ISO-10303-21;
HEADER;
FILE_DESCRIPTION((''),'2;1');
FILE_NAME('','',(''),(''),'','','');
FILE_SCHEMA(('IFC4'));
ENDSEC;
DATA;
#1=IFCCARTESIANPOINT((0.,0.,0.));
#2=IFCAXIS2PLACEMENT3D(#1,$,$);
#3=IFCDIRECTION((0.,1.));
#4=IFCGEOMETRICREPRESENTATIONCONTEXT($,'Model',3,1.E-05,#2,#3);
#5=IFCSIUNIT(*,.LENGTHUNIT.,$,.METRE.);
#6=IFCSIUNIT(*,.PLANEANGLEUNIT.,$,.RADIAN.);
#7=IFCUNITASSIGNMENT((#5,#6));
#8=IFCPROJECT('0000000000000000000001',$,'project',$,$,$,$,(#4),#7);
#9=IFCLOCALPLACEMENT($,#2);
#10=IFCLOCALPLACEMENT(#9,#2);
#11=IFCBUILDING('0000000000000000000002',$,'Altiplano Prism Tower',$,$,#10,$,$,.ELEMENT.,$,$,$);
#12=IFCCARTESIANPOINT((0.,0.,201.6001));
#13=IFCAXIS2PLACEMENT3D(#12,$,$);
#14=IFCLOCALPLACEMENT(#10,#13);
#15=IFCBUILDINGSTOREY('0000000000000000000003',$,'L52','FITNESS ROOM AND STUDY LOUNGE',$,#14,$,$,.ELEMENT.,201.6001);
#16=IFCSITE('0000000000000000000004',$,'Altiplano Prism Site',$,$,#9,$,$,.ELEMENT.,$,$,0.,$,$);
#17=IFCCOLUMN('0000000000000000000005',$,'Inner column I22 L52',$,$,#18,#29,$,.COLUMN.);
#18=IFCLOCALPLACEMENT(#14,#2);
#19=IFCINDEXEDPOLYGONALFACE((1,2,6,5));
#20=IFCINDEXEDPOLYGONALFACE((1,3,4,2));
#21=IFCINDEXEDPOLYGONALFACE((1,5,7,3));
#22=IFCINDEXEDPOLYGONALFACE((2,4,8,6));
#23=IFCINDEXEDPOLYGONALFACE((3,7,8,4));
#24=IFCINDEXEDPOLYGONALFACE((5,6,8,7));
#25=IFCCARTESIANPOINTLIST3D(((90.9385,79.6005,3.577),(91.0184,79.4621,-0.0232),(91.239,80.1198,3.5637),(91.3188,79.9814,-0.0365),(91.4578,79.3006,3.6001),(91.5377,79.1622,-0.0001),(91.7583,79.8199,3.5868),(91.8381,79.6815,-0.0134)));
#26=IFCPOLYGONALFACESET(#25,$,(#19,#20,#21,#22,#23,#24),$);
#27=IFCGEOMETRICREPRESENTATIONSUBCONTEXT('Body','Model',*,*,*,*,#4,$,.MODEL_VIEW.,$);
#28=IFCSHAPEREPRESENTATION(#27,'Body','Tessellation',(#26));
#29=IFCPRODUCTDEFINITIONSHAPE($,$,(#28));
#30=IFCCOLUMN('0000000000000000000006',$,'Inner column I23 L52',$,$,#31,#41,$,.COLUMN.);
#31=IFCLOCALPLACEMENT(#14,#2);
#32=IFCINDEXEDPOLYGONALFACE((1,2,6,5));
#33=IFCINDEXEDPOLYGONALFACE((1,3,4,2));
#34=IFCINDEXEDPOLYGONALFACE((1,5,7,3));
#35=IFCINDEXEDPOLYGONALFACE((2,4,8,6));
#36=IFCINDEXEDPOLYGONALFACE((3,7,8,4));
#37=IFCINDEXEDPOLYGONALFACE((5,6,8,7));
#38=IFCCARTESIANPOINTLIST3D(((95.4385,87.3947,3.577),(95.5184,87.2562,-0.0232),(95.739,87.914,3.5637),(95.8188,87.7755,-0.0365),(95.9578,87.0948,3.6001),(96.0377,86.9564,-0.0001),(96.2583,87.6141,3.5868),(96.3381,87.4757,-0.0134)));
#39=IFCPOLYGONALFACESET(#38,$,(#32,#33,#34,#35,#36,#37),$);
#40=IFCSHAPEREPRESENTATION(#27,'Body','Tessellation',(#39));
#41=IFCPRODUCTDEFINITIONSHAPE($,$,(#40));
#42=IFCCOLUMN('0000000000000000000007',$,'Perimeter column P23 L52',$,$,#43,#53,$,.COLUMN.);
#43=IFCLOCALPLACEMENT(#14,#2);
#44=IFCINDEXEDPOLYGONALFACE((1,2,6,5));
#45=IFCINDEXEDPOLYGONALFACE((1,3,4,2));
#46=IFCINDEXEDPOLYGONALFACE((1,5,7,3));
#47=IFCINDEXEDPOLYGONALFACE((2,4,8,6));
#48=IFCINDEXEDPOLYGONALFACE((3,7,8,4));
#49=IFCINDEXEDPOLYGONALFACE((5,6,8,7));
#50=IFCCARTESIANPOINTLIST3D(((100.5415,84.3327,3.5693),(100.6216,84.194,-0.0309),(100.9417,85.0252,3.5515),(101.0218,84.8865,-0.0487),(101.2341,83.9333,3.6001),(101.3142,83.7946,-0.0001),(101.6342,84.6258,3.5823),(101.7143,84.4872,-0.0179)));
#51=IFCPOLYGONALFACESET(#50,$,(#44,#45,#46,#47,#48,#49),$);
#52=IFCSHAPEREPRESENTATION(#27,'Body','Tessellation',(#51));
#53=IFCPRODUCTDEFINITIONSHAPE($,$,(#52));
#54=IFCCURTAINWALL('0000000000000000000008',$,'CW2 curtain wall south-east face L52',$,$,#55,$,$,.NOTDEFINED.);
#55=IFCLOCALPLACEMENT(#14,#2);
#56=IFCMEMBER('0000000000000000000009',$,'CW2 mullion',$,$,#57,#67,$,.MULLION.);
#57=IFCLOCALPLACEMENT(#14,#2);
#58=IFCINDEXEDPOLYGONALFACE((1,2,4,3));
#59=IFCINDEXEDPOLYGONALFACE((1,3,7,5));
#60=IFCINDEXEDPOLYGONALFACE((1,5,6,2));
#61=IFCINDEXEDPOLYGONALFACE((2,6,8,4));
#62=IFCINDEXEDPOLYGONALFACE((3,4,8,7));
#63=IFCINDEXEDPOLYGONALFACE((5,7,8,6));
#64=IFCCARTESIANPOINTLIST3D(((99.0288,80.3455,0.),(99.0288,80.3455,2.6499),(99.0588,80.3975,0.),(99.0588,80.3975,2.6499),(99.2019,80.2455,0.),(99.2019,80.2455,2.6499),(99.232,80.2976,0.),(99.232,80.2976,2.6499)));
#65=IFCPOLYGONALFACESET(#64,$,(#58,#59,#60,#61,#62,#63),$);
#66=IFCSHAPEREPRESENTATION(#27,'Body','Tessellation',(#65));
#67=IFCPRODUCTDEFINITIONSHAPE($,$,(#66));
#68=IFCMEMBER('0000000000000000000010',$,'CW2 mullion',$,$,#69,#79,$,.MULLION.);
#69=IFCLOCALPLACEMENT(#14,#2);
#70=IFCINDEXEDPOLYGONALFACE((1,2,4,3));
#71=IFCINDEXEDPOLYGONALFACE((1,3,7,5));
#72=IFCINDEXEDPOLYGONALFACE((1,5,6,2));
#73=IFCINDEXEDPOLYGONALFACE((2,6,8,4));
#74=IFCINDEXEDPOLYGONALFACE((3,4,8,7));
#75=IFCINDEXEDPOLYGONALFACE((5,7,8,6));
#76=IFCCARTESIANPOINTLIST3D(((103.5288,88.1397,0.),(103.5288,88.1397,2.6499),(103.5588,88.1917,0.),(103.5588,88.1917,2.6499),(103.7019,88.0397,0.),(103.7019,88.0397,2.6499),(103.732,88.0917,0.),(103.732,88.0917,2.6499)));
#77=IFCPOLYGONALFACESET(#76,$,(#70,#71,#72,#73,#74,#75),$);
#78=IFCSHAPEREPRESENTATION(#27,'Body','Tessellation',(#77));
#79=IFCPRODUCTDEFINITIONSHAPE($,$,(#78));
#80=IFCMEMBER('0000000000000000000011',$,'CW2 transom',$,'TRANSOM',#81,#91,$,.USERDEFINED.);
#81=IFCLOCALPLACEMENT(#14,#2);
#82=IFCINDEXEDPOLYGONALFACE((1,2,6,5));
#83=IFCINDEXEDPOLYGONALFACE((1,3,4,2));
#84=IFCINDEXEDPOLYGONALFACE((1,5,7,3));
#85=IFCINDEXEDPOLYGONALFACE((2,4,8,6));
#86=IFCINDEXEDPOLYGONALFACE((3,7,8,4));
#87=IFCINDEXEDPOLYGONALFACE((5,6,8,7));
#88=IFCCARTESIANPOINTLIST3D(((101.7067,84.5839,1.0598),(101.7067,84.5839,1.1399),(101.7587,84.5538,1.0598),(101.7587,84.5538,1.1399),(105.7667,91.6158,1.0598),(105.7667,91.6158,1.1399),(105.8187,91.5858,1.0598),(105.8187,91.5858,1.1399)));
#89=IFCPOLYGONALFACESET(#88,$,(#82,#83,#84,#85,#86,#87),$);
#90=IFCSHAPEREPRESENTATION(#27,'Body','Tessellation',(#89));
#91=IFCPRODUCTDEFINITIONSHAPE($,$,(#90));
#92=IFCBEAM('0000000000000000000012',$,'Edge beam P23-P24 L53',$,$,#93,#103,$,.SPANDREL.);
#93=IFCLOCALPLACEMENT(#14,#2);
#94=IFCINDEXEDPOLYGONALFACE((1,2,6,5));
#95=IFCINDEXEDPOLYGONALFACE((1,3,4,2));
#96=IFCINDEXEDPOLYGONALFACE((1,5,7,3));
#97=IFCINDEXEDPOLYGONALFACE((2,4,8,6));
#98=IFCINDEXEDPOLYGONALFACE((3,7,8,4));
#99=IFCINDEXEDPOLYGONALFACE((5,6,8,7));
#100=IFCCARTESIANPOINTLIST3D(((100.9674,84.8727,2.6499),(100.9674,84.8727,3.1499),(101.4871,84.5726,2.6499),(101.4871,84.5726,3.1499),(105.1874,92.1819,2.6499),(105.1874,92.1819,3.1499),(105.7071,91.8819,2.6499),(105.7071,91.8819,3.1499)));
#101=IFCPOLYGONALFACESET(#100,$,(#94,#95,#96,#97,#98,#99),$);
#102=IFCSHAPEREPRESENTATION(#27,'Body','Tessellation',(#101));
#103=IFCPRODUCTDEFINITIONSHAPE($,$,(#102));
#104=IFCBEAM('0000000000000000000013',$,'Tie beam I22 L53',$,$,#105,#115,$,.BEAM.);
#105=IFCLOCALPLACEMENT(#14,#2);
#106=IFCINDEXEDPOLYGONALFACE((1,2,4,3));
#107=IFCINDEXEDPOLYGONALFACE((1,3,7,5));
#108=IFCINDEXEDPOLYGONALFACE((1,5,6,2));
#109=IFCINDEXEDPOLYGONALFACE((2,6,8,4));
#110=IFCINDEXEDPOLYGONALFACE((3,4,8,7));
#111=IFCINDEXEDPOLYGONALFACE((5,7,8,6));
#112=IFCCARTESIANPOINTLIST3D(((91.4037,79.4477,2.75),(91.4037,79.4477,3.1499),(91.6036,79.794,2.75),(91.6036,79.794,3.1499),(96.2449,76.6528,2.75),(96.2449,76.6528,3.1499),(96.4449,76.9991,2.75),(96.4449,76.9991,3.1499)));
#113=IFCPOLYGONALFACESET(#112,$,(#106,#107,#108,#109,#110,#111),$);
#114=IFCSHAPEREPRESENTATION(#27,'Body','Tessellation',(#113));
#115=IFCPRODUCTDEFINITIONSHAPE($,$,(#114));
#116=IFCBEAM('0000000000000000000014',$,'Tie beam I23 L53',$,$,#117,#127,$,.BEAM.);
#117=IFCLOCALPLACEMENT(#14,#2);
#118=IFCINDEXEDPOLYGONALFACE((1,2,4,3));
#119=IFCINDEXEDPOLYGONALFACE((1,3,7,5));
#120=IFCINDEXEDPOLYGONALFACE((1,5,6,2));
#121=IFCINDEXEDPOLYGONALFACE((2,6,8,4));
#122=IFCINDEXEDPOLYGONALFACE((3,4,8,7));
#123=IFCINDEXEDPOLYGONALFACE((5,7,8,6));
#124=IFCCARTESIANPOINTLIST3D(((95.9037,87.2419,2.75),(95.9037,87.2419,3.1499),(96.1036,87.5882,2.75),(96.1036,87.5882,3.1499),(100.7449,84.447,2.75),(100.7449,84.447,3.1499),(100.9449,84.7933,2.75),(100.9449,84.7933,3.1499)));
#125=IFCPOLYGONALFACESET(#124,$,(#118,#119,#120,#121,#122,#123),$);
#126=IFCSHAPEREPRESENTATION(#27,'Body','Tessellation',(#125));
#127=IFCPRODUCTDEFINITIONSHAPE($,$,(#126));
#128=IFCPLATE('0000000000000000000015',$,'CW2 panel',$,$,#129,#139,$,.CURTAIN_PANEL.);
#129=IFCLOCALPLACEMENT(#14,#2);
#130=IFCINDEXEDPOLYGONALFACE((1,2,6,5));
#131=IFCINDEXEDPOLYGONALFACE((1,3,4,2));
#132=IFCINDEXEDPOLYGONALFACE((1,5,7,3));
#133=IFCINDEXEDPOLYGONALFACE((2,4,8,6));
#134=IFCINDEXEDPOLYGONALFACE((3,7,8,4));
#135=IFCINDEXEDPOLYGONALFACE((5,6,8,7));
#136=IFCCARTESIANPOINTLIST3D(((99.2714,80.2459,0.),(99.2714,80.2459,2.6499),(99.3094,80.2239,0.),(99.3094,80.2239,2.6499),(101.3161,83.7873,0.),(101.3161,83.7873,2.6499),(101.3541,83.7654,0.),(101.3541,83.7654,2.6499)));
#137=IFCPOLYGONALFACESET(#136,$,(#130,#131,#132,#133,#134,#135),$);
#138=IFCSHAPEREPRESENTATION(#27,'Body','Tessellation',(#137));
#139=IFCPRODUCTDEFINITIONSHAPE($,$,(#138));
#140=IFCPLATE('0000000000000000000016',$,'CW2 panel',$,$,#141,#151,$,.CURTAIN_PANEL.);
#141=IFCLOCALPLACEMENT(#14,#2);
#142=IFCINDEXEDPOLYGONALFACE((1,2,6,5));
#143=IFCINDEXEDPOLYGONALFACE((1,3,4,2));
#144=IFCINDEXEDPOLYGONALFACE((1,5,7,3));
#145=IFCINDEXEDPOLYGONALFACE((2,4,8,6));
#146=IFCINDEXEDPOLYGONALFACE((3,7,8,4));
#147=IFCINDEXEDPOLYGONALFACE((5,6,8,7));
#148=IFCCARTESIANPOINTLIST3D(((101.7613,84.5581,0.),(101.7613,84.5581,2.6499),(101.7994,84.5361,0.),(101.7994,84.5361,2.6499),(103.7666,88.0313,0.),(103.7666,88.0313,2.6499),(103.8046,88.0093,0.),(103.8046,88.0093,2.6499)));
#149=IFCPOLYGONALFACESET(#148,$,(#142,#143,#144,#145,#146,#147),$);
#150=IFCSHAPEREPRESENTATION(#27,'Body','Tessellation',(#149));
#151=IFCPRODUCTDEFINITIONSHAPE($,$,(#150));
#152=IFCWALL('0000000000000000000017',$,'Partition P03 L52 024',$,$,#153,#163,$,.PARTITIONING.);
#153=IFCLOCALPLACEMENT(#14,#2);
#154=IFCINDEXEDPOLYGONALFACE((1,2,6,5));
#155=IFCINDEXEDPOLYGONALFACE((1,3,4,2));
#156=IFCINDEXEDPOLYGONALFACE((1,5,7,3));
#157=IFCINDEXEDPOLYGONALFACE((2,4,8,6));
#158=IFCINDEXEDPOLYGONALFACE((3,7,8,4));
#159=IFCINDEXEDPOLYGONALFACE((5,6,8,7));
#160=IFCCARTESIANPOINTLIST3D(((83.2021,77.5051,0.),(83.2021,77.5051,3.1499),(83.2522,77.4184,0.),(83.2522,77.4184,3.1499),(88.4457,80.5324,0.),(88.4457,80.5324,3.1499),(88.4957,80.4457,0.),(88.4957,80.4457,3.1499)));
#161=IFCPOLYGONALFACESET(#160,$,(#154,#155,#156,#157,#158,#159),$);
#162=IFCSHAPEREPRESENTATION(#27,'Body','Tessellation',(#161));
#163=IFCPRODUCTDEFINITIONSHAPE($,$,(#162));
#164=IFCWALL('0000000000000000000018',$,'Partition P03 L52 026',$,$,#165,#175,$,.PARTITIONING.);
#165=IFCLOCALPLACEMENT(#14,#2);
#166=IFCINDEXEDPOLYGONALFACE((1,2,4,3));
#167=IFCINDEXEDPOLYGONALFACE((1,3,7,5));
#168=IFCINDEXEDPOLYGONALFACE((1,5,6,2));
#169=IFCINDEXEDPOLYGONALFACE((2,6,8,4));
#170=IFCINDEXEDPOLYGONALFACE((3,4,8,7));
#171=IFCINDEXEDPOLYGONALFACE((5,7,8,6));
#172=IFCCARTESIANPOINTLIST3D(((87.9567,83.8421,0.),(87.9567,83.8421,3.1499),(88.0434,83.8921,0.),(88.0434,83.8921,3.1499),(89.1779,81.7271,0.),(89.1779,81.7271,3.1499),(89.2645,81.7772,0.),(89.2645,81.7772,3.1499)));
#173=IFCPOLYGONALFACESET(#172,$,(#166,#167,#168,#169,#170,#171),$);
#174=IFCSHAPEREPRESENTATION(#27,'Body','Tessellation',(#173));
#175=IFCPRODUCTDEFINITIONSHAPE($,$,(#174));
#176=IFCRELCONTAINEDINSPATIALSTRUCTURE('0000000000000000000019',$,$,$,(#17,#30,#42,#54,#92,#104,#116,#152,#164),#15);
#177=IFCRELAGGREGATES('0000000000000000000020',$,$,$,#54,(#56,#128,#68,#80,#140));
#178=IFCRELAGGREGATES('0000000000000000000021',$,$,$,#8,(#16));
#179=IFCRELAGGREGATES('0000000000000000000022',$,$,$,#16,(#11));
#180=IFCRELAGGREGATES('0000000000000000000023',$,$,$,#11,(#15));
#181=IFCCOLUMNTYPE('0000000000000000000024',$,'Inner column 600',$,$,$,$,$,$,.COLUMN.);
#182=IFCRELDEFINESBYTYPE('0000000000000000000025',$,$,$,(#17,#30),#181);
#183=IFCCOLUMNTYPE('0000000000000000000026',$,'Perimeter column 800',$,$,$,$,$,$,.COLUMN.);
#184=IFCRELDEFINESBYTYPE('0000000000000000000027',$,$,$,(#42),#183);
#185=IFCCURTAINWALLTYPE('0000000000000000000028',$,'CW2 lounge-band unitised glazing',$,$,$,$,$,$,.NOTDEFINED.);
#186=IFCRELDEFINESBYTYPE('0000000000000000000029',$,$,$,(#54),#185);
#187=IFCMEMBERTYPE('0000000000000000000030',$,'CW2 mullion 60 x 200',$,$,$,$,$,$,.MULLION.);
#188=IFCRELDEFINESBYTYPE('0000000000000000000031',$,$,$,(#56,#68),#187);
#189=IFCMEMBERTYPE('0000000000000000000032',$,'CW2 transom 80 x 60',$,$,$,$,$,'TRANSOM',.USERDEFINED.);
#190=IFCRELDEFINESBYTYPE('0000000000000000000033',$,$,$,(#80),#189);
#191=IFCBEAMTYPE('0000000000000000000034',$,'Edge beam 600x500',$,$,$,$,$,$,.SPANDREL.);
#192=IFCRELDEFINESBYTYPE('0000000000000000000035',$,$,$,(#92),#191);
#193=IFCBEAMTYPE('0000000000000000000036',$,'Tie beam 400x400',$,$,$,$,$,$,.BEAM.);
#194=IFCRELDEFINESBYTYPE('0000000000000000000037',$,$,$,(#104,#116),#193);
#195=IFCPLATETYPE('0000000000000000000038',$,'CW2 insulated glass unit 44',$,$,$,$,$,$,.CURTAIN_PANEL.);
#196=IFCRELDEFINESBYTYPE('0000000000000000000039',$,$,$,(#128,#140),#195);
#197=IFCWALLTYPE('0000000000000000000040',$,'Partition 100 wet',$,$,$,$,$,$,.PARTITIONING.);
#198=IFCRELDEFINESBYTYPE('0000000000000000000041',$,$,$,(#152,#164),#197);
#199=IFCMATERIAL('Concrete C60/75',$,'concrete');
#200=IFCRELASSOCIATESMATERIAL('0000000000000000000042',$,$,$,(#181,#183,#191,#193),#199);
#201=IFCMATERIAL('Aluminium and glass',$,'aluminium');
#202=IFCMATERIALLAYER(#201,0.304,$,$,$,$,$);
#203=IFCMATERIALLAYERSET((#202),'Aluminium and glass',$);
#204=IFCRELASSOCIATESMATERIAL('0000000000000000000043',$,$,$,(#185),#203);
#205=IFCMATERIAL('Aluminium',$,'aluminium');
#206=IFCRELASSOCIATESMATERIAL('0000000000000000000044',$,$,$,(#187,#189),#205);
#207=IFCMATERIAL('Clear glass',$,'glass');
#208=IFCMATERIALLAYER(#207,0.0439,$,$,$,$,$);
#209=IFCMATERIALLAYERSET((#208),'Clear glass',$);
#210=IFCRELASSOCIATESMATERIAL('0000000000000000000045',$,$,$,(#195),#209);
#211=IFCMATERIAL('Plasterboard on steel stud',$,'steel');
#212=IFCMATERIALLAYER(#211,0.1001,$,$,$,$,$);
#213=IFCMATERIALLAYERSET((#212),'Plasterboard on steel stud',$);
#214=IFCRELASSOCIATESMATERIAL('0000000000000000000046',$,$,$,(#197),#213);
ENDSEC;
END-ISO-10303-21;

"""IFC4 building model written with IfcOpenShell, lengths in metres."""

from ifc_helpers import new_model, si_unit, direction, frame, frame_2d, origin, origin_2d, place, context, subcontext, project, spatial, rectangle, extrude, material, layer, layer_set, material_profile, profile_set, type_object, element, aggregate, save


model = new_model("IFC4")

# Units and contexts
model_context = context("Model", 3, precision=1e-05, world=origin(), true_north=direction((0.0, 1.0)))
body_context = subcontext(model_context, "Body", "Model", "MODEL_VIEW")
ifc_project = project(units=[si_unit("LENGTHUNIT", "METRE"), si_unit("PLANEANGLEUNIT", "RADIAN")], contexts=[model_context])

# Site, building, storey
site_placement = place(None, origin())
site = spatial("IfcSite", under=ifc_project, at=site_placement, Name="Altiplano Prism Site", CompositionType="ELEMENT", RefElevation=0.0)
building_placement = place(site_placement, origin())
building = spatial("IfcBuilding", under=site, at=building_placement, Name="Altiplano Prism Tower", CompositionType="ELEMENT")
storey_placement = place(building_placement, frame((0.0, 0.0, 201.6001)))
storey = spatial("IfcBuildingStorey", under=building, at=storey_placement, Name="L52", Description="FITNESS ROOM AND STUDY LOUNGE", CompositionType="ELEMENT", Elevation=201.6001)

# Columns
ifc_material_1 = material(Name="Concrete C60/75", Category="concrete")
ifc_material_profile_1 = material_profile(ifc_material_1, rectangle(XDim=0.6001, YDim=0.6001, at=origin_2d()), Name="Inner column 600")
ifc_profile_set_1 = profile_set([ifc_material_profile_1], Name="Concrete C60/75")
column_type_1 = type_object("IfcColumnType", Name="Inner column 600", PredefinedType="COLUMN", material=ifc_profile_set_1)
for number, where, z_axis, x_axis, name in (
    (1, (91.4282, 79.5718, -0.0183), (-0.022154, 0.038413, 0.999016), (-0.500653, -0.865364, 0.022172), "Inner column I22 L52"),
    (2, (95.9282, 87.366, -0.0183), (-0.022154, 0.038413, 0.999016), (-0.500653, -0.865364, 0.022172), "Inner column I23 L52"),
):
    element("IfcColumn", number, at=place(storey_placement, frame(where, z_axis=z_axis, x_axis=x_axis)), inside=storey, type_object=column_type_1, Name=name, PredefinedType="COLUMN", context=body_context, shape_type="SweptSolid", body=[
        extrude(rectangle(XDim=0.6001, YDim=0.6001, at=origin_2d()), origin(), (0.0, 0.0, 1.0), 3.6038),
    ])
ifc_material_profile_2 = material_profile(ifc_material_1, rectangle(XDim=0.8, YDim=0.8, at=origin_2d()), Name="Perimeter column 800")
ifc_profile_set_2 = profile_set([ifc_material_profile_2], Name="Concrete C60/75")
column_type_2 = type_object("IfcColumnType", Name="Perimeter column 800", PredefinedType="COLUMN", material=ifc_profile_set_2)
column_placement = place(storey_placement, frame((101.168, 84.3406, -0.0244), z_axis=(-0.022221, 0.038481, 0.999012), x_axis=(-0.50017, -0.865642, 0.022218)))
element("IfcColumn", 3, at=column_placement, inside=storey, type_object=column_type_2, Name="Perimeter column P23 L52", PredefinedType="COLUMN", context=body_context, shape_type="SweptSolid", body=[
    extrude(rectangle(XDim=0.8, YDim=0.8, at=origin_2d()), origin(), (0.0, 0.0, 1.0), 3.6038),
])

# Curtain wall, members
ifc_material_2 = material(Name="Aluminium and glass", Category="aluminium")
ifc_layer_1 = layer(ifc_material_2, 0.304)
ifc_layer_set_1 = layer_set([ifc_layer_1], Name="Aluminium and glass")
curtain_wall_type = type_object("IfcCurtainWallType", Name="CW2 lounge-band unitised glazing", PredefinedType="NOTDEFINED", material=ifc_layer_set_1)
curtain_wall_placement = place(storey_placement, origin())
curtain_wall = element("IfcCurtainWall", 4, at=curtain_wall_placement, inside=storey, type_object=curtain_wall_type, Name="CW2 curtain wall south-east face L52", PredefinedType="NOTDEFINED")
ifc_material_3 = material(Name="Aluminium", Category="aluminium")
ifc_material_profile_3 = material_profile(ifc_material_3, rectangle(XDim=0.2, YDim=0.0601, at=origin_2d()), Name="CW2 mullion 60 x 200")
ifc_profile_set_3 = profile_set([ifc_material_profile_3], Name="Aluminium")
member_type_1 = type_object("IfcMemberType", Name="CW2 mullion 60 x 200", PredefinedType="MULLION", material=ifc_profile_set_3)
member_1_placement = place(storey_placement, frame((99.1304, 80.3215, 0.0), z_axis=(0.0, 0.0, 1.0), x_axis=(-0.866025, 0.5, 0.0)))
member_1 = element("IfcMember", 5, at=member_1_placement, type_object=member_type_1, Name="CW2 mullion", PredefinedType="MULLION", context=body_context, shape_type="SweptSolid", body=[
    extrude(rectangle(XDim=0.2, YDim=0.0601, at=origin_2d()), origin(), (0.0, 0.0, 1.0), 2.6499),
])
member_2_placement = place(storey_placement, frame((103.6304, 88.1157, 0.0), z_axis=(0.0, 0.0, 1.0), x_axis=(-0.866025, 0.5, 0.0)))
member_2 = element("IfcMember", 6, at=member_2_placement, type_object=member_type_1, Name="CW2 mullion", PredefinedType="MULLION", context=body_context, shape_type="SweptSolid", body=[
    extrude(rectangle(XDim=0.2, YDim=0.0601, at=origin_2d()), origin(), (0.0, 0.0, 1.0), 2.6499),
])
ifc_material_profile_4 = material_profile(ifc_material_3, rectangle(XDim=0.0601, YDim=0.0801, at=origin_2d()), Name="CW2 transom 80 x 60")
ifc_profile_set_4 = profile_set([ifc_material_profile_4], Name="Aluminium")
member_type_2 = type_object("IfcMemberType", Name="CW2 transom 80 x 60", ElementType="TRANSOM", PredefinedType="USERDEFINED", material=ifc_profile_set_4)
member_3_placement = place(storey_placement, frame((101.7327, 84.5688, 1.0999), z_axis=(0.500013, 0.866018, 0.0), x_axis=(-0.866018, 0.500013, 0.0)))
member_3 = element("IfcMember", 7, at=member_3_placement, type_object=member_type_2, Name="CW2 transom", ObjectType="TRANSOM", PredefinedType="USERDEFINED", context=body_context, shape_type="SweptSolid", body=[
    extrude(rectangle(XDim=0.0601, YDim=0.0801, at=origin_2d()), origin(), (0.0, 0.0, 1.0), 8.1199),
])

# Beams
ifc_material_profile_5 = material_profile(ifc_material_1, rectangle(XDim=0.6001, YDim=0.5, at=origin_2d()), Name="Edge beam 600x500")
ifc_profile_set_5 = profile_set([ifc_material_profile_5], Name="Concrete C60/75")
beam_type_1 = type_object("IfcBeamType", Name="Edge beam 600x500", PredefinedType="SPANDREL", material=ifc_profile_set_5)
beam_placement = place(storey_placement, frame((101.2273, 84.7227, 2.8999), z_axis=(0.499994, 0.866029, 0.0), x_axis=(-0.866029, 0.499994, 0.0)))
element("IfcBeam", 8, at=beam_placement, inside=storey, type_object=beam_type_1, Name="Edge beam P23-P24 L53", PredefinedType="SPANDREL", context=body_context, shape_type="SweptSolid", body=[
    extrude(rectangle(XDim=0.6001, YDim=0.5, at=origin_2d()), origin(), (0.0, 0.0, 1.0), 8.4399),
])
ifc_material_profile_6 = material_profile(ifc_material_1, rectangle(XDim=0.3999, YDim=0.3999, at=origin_2d()), Name="Tie beam 400x400")
ifc_profile_set_6 = profile_set([ifc_material_profile_6], Name="Concrete C60/75")
beam_type_2 = type_object("IfcBeamType", Name="Tie beam 400x400", PredefinedType="BEAM", material=ifc_profile_set_6)
for number, where, z_axis, x_axis, name in (
    (9, (91.5037, 79.6208, 2.95), (0.866042, -0.499972, 0.0), (0.499972, 0.866042, 0.0), "Tie beam I22 L53"),
    (10, (96.0037, 87.415, 2.95), (0.866042, -0.499972, 0.0), (0.499972, 0.866042, 0.0), "Tie beam I23 L53"),
):
    element("IfcBeam", number, at=place(storey_placement, frame(where, z_axis=z_axis, x_axis=x_axis)), inside=storey, type_object=beam_type_2, Name=name, PredefinedType="BEAM", context=body_context, shape_type="SweptSolid", body=[
        extrude(rectangle(XDim=0.3999, YDim=0.3999, at=origin_2d()), origin(), (0.0, 0.0, 1.0), 5.5901),
    ])

# Plates
ifc_material_4 = material(Name="Clear glass", Category="glass")
ifc_layer_2 = layer(ifc_material_4, 0.0439)
ifc_layer_set_2 = layer_set([ifc_layer_2], Name="Clear glass")
plate_type = type_object("IfcPlateType", Name="CW2 insulated glass unit 44", PredefinedType="CURTAIN_PANEL", material=ifc_layer_set_2)
plate_1_placement = place(storey_placement, frame((100.3127, 82.0056, 0.0), z_axis=(0.0, 0.0, 1.0), x_axis=(0.5, 0.866025, 0.0)))
plate_1 = element("IfcPlate", 11, at=plate_1_placement, type_object=plate_type, Name="CW2 panel", PredefinedType="CURTAIN_PANEL", context=body_context, shape_type="SweptSolid", body=[
    extrude(rectangle(XDim=4.0894, YDim=0.0439, at=origin_2d()), origin(), (0.0, 0.0, 1.0), 2.6499),
])
plate_2_placement = place(storey_placement, frame((102.783, 86.2837, 0.0), z_axis=(0.0, 0.0, 1.0), x_axis=(0.5, 0.866025, 0.0)))
plate_2 = element("IfcPlate", 12, at=plate_2_placement, type_object=plate_type, Name="CW2 panel", PredefinedType="CURTAIN_PANEL", context=body_context, shape_type="SweptSolid", body=[
    extrude(rectangle(XDim=4.0105, YDim=0.0439, at=origin_2d()), origin(), (0.0, 0.0, 1.0), 2.6499),
])
aggregate(curtain_wall, [member_1, plate_1, member_2, member_3, plate_2])

# Walls
ifc_material_5 = material(Name="Plasterboard on steel stud", Category="steel")
ifc_layer_3 = layer(ifc_material_5, 0.1001)
ifc_layer_set_3 = layer_set([ifc_layer_3], Name="Plasterboard on steel stud")
wall_type_1 = type_object("IfcWallType", Name="Partition 100 wet", PredefinedType="PARTITIONING", material=ifc_layer_set_3)
wall_1_placement = place(storey_placement, frame((88.4707, 80.489, 0.0), z_axis=(0.0, 0.0, 1.0), x_axis=(-0.866031, -0.49999, 0.0)))
element("IfcWall", 13, at=wall_1_placement, inside=storey, type_object=wall_type_1, Name="Partition P03 L52 024", PredefinedType="PARTITIONING", context=body_context, shape_type="SweptSolid", body=[
    extrude(rectangle(XDim=6.0547, YDim=0.1001, at=frame_2d((3.0273, 0.0))), origin(), (0.0, 0.0, 1.0), 3.1499),
])
wall_2_placement = place(storey_placement, frame((88.0, 83.8672, 0.0), z_axis=(0.0, 0.0, 1.0), x_axis=(0.500031, -0.866007, 0.0)))
element("IfcWall", 14, at=wall_2_placement, inside=storey, type_object=wall_type_1, Name="Partition P03 L52 026", PredefinedType="PARTITIONING", context=body_context, shape_type="SweptSolid", body=[
    extrude(rectangle(XDim=2.4421, YDim=0.1001, at=frame_2d((1.2212, 0.0))), origin(), (0.0, 0.0, 1.0), 3.1499),
])

save(model, "model.ifc")
